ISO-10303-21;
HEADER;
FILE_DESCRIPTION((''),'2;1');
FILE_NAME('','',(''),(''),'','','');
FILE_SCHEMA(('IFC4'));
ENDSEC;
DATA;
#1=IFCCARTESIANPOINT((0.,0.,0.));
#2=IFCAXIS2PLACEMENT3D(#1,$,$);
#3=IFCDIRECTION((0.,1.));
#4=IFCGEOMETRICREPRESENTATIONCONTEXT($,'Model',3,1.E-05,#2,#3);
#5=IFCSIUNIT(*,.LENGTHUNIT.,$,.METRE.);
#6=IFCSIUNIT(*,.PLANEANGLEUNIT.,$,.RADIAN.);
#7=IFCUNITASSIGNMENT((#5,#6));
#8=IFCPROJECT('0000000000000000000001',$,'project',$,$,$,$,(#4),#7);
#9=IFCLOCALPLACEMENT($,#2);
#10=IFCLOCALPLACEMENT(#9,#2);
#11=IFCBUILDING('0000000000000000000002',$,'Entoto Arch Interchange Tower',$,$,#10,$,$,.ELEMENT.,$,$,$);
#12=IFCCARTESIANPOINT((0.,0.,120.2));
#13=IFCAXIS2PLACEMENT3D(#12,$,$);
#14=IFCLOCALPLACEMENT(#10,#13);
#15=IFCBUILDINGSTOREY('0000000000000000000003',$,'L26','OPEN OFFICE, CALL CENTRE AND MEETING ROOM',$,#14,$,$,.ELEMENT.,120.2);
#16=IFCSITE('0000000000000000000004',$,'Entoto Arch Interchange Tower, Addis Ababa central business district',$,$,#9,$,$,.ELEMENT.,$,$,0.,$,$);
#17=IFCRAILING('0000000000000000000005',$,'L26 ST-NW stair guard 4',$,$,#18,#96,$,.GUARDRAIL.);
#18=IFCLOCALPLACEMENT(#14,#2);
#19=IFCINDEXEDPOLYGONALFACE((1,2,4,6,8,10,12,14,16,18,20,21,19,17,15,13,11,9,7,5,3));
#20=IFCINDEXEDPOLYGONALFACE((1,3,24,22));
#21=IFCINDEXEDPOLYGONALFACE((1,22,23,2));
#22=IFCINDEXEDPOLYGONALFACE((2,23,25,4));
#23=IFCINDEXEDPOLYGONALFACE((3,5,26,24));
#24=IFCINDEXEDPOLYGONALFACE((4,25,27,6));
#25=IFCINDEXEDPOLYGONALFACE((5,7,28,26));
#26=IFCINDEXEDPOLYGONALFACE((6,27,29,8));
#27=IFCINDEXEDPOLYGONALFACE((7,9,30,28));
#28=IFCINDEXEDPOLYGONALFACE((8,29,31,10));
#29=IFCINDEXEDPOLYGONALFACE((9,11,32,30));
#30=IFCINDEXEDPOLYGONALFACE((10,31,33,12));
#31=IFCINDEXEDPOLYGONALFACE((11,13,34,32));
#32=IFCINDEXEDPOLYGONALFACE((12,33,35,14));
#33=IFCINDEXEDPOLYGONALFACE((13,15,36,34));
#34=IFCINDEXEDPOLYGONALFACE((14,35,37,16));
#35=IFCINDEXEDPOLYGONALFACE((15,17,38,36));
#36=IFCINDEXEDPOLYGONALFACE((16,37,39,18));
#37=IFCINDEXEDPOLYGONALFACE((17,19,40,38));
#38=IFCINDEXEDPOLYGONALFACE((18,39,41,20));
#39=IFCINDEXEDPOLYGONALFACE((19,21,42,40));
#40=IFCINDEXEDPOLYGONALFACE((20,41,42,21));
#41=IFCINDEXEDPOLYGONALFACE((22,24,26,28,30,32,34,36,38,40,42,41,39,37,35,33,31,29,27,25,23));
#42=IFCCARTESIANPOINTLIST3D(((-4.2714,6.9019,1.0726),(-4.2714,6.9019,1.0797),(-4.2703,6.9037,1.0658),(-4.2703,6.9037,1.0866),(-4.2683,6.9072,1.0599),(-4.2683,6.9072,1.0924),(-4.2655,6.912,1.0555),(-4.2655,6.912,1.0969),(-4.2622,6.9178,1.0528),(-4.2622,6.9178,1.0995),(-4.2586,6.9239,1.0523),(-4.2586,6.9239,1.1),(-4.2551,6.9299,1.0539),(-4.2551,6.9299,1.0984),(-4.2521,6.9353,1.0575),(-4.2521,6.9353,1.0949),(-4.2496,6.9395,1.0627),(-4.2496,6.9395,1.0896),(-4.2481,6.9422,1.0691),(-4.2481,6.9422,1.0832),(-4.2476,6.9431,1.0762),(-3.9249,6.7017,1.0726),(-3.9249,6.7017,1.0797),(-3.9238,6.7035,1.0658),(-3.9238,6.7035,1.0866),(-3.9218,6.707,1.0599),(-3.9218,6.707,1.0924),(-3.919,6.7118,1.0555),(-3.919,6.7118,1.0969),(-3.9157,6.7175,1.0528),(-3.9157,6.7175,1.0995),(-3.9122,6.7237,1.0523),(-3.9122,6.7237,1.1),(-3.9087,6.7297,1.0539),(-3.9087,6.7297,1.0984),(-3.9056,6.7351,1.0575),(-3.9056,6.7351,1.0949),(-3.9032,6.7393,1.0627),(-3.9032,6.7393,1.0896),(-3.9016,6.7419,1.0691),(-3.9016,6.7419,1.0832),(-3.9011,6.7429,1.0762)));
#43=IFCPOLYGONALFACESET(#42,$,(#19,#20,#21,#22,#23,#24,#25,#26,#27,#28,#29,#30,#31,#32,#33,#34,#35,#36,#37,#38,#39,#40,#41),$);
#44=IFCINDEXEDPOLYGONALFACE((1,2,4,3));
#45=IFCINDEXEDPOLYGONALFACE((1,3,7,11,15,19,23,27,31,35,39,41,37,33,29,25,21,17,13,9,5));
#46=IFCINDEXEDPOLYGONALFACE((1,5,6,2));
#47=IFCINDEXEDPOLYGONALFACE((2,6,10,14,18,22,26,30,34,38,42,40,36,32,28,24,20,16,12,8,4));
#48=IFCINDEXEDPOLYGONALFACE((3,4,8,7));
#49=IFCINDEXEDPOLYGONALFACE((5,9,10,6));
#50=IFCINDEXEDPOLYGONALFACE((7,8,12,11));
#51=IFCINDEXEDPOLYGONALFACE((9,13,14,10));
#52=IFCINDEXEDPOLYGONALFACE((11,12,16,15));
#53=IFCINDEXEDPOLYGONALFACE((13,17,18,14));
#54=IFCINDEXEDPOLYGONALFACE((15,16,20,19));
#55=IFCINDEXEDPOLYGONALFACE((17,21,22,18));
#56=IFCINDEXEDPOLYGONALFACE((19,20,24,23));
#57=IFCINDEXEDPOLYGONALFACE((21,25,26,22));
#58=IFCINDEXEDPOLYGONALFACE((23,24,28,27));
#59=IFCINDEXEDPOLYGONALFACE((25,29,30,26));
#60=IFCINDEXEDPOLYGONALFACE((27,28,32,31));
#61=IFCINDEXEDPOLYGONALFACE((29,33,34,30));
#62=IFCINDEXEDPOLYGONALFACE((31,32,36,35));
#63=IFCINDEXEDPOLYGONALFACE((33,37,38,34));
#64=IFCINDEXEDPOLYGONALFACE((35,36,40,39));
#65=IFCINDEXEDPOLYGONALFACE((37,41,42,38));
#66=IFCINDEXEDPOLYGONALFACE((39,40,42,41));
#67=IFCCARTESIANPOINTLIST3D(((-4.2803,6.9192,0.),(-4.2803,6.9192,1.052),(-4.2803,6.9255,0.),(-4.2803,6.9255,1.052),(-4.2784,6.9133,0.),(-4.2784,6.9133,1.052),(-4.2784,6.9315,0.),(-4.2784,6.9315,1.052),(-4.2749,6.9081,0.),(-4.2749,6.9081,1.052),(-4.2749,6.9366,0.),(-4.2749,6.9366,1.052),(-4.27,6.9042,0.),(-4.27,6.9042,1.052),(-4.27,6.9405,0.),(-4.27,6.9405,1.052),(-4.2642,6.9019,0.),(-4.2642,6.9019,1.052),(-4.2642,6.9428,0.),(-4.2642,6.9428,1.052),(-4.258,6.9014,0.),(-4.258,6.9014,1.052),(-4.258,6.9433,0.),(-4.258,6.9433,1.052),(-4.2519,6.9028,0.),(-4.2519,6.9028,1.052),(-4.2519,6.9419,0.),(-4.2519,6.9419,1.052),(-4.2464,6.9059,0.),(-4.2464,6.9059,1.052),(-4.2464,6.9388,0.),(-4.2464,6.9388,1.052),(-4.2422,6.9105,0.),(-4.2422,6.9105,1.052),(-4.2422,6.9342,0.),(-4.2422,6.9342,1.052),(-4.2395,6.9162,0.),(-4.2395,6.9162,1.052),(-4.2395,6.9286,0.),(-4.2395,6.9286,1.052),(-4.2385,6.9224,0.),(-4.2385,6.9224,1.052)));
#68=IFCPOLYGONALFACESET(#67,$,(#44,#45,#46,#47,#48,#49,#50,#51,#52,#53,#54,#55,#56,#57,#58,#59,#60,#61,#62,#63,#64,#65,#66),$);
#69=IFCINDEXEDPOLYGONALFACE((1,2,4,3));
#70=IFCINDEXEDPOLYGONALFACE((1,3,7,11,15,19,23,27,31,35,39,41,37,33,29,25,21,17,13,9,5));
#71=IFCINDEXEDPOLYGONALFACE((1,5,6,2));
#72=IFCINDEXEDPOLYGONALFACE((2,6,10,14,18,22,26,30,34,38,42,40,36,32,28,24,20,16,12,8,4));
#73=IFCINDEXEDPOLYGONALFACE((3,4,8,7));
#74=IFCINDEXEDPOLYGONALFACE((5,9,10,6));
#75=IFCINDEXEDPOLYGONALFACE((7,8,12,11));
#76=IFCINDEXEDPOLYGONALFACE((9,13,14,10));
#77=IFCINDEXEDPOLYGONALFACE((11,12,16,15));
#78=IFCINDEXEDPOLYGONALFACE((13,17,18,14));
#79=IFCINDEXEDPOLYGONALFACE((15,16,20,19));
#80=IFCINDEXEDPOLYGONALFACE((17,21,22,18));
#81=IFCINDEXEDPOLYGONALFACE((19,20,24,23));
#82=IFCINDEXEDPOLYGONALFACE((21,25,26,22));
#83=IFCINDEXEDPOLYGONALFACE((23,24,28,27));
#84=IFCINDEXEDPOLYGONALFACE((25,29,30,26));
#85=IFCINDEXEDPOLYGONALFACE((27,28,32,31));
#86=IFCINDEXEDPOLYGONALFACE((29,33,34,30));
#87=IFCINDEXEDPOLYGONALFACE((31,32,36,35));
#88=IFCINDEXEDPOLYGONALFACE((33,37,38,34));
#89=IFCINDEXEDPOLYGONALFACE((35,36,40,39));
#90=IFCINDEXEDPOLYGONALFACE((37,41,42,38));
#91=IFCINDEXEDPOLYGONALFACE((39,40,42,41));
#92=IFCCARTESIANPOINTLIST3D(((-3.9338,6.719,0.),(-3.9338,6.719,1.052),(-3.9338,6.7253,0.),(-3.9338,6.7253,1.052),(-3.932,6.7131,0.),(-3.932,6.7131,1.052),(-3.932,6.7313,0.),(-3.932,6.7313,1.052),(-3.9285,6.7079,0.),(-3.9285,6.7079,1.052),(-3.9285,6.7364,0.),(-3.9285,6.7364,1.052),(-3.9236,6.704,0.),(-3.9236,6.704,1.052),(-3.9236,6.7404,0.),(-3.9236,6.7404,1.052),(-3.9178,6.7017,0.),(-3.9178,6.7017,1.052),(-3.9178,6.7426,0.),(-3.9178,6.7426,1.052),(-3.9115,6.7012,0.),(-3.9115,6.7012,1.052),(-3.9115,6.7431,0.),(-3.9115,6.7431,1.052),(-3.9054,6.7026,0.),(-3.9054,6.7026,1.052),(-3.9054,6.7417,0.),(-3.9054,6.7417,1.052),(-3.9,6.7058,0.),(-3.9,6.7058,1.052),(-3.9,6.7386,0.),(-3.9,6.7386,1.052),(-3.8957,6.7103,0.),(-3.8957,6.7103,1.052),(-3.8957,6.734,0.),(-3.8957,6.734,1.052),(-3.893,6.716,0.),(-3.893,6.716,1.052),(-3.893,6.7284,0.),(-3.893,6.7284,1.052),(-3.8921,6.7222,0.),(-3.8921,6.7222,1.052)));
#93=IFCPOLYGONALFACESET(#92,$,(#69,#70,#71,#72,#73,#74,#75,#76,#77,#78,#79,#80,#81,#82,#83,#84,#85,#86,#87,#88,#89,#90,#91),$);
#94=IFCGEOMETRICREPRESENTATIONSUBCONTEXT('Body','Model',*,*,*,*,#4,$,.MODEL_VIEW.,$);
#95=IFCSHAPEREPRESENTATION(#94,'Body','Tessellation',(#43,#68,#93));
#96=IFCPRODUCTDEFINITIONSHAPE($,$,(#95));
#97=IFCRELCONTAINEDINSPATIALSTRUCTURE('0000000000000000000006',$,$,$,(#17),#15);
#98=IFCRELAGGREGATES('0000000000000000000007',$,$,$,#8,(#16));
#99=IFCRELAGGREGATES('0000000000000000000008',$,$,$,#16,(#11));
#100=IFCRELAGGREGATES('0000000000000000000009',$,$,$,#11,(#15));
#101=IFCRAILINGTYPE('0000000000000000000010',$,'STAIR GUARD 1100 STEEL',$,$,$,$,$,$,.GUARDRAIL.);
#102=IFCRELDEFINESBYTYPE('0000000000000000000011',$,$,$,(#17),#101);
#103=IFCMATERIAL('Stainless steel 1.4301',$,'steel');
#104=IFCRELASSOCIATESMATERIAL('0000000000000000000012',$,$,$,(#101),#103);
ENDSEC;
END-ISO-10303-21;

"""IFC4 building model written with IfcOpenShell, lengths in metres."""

from ifc_helpers import new_model, si_unit, direction, frame, origin, origin_2d, place, context, subcontext, project, spatial, circle, extrude, material, type_object, element, save


model = new_model("IFC4")

# Units and contexts
model_context = context("Model", 3, precision=1e-05, world=origin(), true_north=direction((0.0, 1.0)))
body_context = subcontext(model_context, "Body", "Model", "MODEL_VIEW")
ifc_project = project(units=[si_unit("LENGTHUNIT", "METRE"), si_unit("PLANEANGLEUNIT", "RADIAN")], contexts=[model_context])

# Site, building, storey
site_placement = place(None, origin())
site = spatial("IfcSite", under=ifc_project, at=site_placement, Name="Entoto Arch Interchange Tower, Addis Ababa central business district", CompositionType="ELEMENT", RefElevation=0.0)
building_placement = place(site_placement, origin())
building = spatial("IfcBuilding", under=site, at=building_placement, Name="Entoto Arch Interchange Tower", CompositionType="ELEMENT")
storey_placement = place(building_placement, frame((0.0, 0.0, 120.2)))
storey = spatial("IfcBuildingStorey", under=building, at=storey_placement, Name="L26", Description="OPEN OFFICE, CALL CENTRE AND MEETING ROOM", CompositionType="ELEMENT", Elevation=120.2)

# Railing
ifc_material_1 = material(Name="Stainless steel 1.4301", Category="steel")
railing_type_1 = type_object("IfcRailingType", Name="STAIR GUARD 1100 STEEL", PredefinedType="GUARDRAIL", material=ifc_material_1)
railing_1_placement = place(storey_placement, frame((-4.2595, 6.9224, 0.0)))
element("IfcRailing", 1, at=railing_1_placement, inside=storey, type_object=railing_type_1, Name="L26 ST-NW stair guard 4", PredefinedType="GUARDRAIL", context=body_context, shape_type="SweptSolid", body=[
    extrude(circle(Radius=0.0239, at=origin_2d()), frame((0.0, 0.0, 1.0762), z_axis=(0.86583, -0.500339, 0.0), x_axis=(0.500339, 0.86583, 0.0)), (0.0, 0.0, 1.0), 0.4001),
    extrude(circle(Radius=0.021, at=origin_2d()), origin(), (0.0, 0.0, 1.0), 1.052),
    extrude(circle(Radius=0.021, at=origin_2d()), frame((0.3464, -0.2002, 0.0)), (0.0, 0.0, 1.0), 1.052),
])

save(model, "model.ifc")
